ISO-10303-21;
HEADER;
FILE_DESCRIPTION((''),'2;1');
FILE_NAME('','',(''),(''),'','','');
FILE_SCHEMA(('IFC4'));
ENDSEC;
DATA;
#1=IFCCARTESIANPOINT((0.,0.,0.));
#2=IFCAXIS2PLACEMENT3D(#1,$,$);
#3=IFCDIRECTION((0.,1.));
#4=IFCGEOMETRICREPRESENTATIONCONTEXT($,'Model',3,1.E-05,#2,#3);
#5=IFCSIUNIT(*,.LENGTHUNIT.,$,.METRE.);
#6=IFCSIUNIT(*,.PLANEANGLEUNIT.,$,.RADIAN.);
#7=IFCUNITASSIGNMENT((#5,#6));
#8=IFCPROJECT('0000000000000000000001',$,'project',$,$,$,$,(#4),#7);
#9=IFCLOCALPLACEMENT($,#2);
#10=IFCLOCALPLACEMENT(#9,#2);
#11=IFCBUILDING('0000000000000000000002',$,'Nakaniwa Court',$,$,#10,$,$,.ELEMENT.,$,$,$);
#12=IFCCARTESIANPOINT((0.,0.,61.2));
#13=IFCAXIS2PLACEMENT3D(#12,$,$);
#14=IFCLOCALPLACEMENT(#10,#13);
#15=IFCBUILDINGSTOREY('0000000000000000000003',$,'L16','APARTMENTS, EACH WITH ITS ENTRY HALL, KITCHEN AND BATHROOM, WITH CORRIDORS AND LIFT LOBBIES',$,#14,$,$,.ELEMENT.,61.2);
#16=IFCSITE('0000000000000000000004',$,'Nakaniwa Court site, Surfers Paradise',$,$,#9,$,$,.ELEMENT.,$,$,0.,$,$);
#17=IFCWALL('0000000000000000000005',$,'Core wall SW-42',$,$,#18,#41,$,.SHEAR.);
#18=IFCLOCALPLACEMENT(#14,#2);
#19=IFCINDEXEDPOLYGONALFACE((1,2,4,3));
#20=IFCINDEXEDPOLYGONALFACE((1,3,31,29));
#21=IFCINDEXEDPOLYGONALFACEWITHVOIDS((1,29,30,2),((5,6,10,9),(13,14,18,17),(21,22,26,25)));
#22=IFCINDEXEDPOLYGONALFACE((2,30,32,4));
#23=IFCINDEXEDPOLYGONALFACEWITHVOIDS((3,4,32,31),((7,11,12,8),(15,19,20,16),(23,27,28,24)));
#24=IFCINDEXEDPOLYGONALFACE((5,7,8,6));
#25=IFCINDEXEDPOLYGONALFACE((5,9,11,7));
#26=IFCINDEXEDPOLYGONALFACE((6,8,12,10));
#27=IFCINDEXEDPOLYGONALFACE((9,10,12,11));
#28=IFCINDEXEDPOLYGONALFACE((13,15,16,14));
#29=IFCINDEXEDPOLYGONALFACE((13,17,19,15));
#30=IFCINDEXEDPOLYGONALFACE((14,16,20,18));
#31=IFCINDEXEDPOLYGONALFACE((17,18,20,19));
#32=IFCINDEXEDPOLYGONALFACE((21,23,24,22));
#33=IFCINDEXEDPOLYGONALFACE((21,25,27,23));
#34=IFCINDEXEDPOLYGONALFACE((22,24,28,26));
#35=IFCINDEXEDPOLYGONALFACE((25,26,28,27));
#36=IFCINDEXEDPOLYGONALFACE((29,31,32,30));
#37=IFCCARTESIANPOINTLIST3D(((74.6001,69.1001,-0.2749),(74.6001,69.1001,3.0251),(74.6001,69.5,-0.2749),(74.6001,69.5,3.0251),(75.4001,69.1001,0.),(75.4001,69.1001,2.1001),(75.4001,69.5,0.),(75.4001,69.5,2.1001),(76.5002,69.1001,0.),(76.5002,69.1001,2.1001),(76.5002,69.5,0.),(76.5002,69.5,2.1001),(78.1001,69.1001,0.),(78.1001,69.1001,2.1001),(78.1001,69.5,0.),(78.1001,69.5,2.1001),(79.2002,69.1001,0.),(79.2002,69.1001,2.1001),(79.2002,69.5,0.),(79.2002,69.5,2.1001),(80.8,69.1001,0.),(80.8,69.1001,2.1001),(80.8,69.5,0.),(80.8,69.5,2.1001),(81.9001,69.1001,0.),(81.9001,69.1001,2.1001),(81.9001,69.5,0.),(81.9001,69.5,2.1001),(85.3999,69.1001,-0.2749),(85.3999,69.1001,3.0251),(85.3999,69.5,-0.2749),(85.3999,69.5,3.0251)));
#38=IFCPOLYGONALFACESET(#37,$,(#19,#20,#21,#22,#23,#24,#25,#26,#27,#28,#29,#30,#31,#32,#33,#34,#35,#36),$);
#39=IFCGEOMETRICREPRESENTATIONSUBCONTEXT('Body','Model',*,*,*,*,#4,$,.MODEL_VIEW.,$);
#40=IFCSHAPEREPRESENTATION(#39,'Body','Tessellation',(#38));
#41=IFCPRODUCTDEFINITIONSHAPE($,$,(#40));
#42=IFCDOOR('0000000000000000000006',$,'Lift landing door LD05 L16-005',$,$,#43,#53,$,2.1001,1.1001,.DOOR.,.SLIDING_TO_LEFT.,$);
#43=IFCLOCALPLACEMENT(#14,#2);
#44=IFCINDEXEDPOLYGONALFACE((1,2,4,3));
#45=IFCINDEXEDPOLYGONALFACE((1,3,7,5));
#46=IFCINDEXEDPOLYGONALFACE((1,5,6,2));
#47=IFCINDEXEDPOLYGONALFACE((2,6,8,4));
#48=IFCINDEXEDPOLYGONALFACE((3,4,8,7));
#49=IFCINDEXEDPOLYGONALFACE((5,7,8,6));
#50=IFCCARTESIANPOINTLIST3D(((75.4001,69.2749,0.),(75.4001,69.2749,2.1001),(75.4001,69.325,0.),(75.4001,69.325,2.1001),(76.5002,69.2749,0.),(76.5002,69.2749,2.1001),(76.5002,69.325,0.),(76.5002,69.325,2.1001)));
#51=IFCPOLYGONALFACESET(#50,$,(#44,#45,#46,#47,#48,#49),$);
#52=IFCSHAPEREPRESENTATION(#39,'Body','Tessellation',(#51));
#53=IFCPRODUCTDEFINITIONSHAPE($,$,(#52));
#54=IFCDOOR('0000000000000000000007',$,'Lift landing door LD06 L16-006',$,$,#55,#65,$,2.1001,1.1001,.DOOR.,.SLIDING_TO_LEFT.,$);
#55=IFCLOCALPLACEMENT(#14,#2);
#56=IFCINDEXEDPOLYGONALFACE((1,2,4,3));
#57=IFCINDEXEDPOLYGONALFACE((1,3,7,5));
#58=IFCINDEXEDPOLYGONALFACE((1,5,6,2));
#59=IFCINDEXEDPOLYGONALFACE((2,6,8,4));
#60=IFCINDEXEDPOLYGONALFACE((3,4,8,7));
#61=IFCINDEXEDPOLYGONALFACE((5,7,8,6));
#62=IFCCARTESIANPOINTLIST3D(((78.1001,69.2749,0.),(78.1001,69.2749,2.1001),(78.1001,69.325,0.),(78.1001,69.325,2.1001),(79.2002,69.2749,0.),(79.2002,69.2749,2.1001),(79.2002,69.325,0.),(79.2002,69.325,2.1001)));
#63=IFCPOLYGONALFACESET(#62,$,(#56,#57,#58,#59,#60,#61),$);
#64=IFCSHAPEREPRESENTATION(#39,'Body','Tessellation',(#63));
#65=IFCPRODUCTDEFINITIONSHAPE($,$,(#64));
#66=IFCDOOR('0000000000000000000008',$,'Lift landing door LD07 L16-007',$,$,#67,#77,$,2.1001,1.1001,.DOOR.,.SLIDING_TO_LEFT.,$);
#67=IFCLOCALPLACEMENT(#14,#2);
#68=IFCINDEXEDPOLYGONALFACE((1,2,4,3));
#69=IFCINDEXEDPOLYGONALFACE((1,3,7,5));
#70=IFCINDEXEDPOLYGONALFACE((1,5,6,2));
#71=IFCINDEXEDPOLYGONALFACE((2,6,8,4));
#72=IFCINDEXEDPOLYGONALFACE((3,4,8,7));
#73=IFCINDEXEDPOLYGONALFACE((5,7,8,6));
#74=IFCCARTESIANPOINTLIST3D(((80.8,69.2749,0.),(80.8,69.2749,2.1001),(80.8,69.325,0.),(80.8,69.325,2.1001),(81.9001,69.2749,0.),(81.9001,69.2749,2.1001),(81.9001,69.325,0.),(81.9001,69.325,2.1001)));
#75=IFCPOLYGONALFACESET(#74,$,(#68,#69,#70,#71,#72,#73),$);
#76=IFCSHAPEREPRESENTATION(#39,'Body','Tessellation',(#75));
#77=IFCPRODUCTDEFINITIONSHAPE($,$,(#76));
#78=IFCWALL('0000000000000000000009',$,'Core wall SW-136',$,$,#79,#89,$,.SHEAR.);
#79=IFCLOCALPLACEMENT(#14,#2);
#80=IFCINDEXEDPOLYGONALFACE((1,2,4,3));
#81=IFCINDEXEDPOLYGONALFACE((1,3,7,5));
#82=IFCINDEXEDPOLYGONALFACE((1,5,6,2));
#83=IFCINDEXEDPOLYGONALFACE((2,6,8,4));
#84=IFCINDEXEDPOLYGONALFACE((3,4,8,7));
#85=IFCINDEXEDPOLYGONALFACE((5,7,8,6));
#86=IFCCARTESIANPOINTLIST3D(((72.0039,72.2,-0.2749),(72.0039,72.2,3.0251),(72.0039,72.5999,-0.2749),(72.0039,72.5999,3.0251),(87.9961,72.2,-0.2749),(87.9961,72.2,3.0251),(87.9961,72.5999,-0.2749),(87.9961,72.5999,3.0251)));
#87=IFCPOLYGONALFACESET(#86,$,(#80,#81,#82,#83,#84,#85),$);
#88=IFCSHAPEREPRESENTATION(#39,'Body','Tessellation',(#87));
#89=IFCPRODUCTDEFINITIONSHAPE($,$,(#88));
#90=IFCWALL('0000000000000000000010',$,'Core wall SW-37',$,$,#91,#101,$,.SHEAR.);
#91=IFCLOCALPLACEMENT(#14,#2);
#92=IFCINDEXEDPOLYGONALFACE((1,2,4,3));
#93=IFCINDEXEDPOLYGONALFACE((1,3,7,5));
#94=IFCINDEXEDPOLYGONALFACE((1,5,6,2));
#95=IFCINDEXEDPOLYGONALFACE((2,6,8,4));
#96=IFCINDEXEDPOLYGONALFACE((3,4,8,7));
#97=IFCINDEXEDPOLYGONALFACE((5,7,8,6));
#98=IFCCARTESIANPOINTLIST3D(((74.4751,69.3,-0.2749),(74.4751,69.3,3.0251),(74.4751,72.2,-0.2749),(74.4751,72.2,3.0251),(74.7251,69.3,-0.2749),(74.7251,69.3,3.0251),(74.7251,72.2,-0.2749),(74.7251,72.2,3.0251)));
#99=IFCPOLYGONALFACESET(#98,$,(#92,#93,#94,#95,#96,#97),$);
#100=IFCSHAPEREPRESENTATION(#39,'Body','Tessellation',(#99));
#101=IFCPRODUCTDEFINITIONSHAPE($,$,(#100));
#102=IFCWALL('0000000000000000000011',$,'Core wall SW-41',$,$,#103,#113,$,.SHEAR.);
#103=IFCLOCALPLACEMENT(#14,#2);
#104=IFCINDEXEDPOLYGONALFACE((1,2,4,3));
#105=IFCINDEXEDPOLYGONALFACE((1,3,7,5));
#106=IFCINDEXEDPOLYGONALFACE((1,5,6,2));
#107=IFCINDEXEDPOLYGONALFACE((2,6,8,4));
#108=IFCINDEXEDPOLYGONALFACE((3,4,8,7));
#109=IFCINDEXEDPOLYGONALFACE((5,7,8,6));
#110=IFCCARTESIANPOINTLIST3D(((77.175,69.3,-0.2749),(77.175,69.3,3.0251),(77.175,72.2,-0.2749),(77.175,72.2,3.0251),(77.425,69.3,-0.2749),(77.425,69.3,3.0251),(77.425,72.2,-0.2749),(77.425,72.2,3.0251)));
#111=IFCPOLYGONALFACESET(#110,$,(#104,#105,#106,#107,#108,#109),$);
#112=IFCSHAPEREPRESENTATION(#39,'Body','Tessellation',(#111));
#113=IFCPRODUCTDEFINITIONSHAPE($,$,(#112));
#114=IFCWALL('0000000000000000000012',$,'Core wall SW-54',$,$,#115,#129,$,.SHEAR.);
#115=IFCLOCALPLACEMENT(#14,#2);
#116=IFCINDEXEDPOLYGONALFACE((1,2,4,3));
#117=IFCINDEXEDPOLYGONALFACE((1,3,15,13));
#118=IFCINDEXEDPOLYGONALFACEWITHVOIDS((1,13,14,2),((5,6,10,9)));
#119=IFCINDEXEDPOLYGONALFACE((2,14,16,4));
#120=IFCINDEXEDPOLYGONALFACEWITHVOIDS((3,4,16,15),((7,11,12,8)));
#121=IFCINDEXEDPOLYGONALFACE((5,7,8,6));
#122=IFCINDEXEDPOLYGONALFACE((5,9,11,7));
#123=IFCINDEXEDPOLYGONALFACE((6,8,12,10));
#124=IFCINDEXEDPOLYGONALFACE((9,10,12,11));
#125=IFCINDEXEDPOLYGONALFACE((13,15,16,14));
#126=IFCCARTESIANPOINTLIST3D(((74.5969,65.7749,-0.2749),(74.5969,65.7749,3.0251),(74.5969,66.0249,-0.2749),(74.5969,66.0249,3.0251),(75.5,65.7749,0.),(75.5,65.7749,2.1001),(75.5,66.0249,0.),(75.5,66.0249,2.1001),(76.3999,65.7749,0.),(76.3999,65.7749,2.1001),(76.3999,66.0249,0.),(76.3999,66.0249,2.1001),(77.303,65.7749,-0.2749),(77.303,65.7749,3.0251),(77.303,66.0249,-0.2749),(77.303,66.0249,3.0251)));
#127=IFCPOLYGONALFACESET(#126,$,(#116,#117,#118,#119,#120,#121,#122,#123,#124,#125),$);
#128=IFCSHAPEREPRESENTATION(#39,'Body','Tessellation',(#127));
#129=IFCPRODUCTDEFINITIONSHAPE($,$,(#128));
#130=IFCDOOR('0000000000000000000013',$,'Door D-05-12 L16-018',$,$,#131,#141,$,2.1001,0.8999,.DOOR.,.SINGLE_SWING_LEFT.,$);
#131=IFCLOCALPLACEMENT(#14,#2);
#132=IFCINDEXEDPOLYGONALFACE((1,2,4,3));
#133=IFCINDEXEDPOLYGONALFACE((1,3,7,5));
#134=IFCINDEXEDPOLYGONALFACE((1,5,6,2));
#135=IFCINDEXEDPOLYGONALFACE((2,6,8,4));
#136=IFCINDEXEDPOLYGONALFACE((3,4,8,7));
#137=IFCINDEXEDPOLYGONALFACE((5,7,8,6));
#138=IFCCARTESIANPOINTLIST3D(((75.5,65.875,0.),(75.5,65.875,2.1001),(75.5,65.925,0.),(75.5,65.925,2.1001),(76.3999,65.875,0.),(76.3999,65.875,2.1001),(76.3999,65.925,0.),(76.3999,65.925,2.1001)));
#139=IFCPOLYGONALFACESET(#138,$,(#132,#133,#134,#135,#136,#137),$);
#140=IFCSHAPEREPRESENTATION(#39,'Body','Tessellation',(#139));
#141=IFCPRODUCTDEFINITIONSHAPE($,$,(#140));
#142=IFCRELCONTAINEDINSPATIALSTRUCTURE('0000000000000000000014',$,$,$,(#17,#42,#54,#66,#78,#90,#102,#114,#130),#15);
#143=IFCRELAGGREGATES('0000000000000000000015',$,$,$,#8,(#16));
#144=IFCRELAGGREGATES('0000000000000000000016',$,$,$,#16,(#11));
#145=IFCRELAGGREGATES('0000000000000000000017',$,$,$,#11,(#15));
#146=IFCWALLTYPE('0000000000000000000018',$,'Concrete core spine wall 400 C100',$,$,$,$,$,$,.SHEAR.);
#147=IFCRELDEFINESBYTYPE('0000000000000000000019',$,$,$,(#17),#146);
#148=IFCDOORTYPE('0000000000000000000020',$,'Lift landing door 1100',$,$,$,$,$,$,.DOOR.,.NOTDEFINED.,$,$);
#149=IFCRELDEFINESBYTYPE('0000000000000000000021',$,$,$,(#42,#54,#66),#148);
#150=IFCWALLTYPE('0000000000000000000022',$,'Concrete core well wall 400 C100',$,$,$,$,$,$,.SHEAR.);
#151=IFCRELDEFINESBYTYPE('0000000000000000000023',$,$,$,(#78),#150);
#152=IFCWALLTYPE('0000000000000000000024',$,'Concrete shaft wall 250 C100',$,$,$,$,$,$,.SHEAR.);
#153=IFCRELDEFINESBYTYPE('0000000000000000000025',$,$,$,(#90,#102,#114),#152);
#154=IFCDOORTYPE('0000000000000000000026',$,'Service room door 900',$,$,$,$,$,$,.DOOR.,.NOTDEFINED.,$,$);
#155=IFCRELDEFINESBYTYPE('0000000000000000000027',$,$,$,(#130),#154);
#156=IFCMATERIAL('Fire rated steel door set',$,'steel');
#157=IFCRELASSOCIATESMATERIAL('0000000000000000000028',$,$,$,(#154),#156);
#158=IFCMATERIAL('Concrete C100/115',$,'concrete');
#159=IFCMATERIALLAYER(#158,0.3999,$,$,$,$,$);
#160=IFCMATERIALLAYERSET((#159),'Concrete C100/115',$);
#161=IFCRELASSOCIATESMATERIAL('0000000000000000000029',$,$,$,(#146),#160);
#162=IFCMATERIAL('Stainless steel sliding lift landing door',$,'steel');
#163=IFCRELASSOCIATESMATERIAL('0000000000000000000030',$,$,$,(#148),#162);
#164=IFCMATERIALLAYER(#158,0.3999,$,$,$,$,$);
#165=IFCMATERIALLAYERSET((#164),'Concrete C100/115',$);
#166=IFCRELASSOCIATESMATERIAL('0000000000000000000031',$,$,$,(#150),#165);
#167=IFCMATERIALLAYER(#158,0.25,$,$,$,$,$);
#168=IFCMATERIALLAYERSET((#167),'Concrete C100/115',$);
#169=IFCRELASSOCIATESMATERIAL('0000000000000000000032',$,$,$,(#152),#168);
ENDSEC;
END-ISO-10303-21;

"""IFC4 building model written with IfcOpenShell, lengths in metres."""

from ifc_helpers import new_model, si_unit, direction, frame, frame_2d, origin, place, context, subcontext, project, spatial, rectangle, extrude, material, layer, layer_set, type_object, element, fill, save


model = new_model("IFC4")

# Units and contexts
model_context = context("Model", 3, precision=1e-05, world=origin(), true_north=direction((0.0, 1.0)))
body_context = subcontext(model_context, "Body", "Model", "MODEL_VIEW")
ifc_project = project(units=[si_unit("LENGTHUNIT", "METRE"), si_unit("PLANEANGLEUNIT", "RADIAN")], contexts=[model_context])

# Site, building, storey
site_placement = place(None, origin())
site = spatial("IfcSite", under=ifc_project, at=site_placement, Name="Nakaniwa Court site, Surfers Paradise", CompositionType="ELEMENT", RefElevation=0.0)
building_placement = place(site_placement, origin())
building = spatial("IfcBuilding", under=site, at=building_placement, Name="Nakaniwa Court", CompositionType="ELEMENT")
storey_placement = place(building_placement, frame((0.0, 0.0, 61.2)))
storey = spatial("IfcBuildingStorey", under=building, at=storey_placement, Name="L16", Description="APARTMENTS, EACH WITH ITS ENTRY HALL, KITCHEN AND BATHROOM, WITH CORRIDORS AND LIFT LOBBIES", CompositionType="ELEMENT", Elevation=61.2)

# Shared definitions
ifc_material_1 = material(Name="Concrete C100/115", Category="concrete")

# Shared definitions
ifc_material_2 = material(Name="Fire rated steel door set", Category="steel")
door_type_1 = type_object("IfcDoorType", Name="Service room door 900", OperationType="NOTDEFINED", PredefinedType="DOOR", material=ifc_material_2)

# Wall, openings, doors
ifc_layer_1 = layer(ifc_material_1, 0.3999)
ifc_layer_set_1 = layer_set([ifc_layer_1], Name="Concrete C100/115")
wall_type_1 = type_object("IfcWallType", Name="Concrete core spine wall 400 C100", PredefinedType="SHEAR", material=ifc_layer_set_1)
wall_1_placement = place(storey_placement, frame((74.6001, 69.3, -0.2749), z_axis=(0.0, 0.0, 1.0), x_axis=(1.0, 0.0, 0.0)))
wall_1 = element("IfcWall", 1, at=wall_1_placement, inside=storey, type_object=wall_type_1, Name="Core wall SW-42", PredefinedType="SHEAR", context=body_context, shape_type="SweptSolid", body=[
    extrude(rectangle(XDim=10.7998, YDim=0.3999, at=frame_2d((5.3999, 0.0))), origin(), (0.0, 0.0, 1.0), 3.3),
])
opening_1_placement = place(wall_1_placement, frame((0.8, 0.0, 0.2749)))
opening_1 = element("IfcOpeningElement", 2, at=opening_1_placement, cuts=wall_1, PredefinedType="OPENING", context=body_context, shape_type="SweptSolid", body=[
    extrude(rectangle(XDim=1.1001, YDim=2.1001, at=frame_2d((0.55, 1.05))), frame((0.0, 0.21, 0.0), z_axis=(0.0, -1.0, 0.0), x_axis=(1.0, 0.0, 0.0)), (0.0, 0.0, 1.0), 0.4199),
])
opening_2_placement = place(wall_1_placement, frame((3.5, 0.0, 0.2749)))
opening_2 = element("IfcOpeningElement", 3, at=opening_2_placement, cuts=wall_1, PredefinedType="OPENING", context=body_context, shape_type="SweptSolid", body=[
    extrude(rectangle(XDim=1.1001, YDim=2.1001, at=frame_2d((0.55, 1.05))), frame((0.0, 0.21, 0.0), z_axis=(0.0, -1.0, 0.0), x_axis=(1.0, 0.0, 0.0)), (0.0, 0.0, 1.0), 0.4199),
])
opening_3_placement = place(wall_1_placement, frame((6.2, 0.0, 0.2749)))
opening_3 = element("IfcOpeningElement", 4, at=opening_3_placement, cuts=wall_1, PredefinedType="OPENING", context=body_context, shape_type="SweptSolid", body=[
    extrude(rectangle(XDim=1.1001, YDim=2.1001, at=frame_2d((0.55, 1.05))), frame((0.0, 0.21, 0.0), z_axis=(0.0, -1.0, 0.0), x_axis=(1.0, 0.0, 0.0)), (0.0, 0.0, 1.0), 0.4199),
])
ifc_material_3 = material(Name="Stainless steel sliding lift landing door", Category="steel")
door_type_2 = type_object("IfcDoorType", Name="Lift landing door 1100", OperationType="NOTDEFINED", PredefinedType="DOOR", material=ifc_material_3)
door_1_placement = place(opening_1_placement, origin())
door_1 = element("IfcDoor", 5, at=door_1_placement, inside=storey, type_object=door_type_2, Name="Lift landing door LD05 L16-005", OperationType="SLIDING_TO_LEFT", OverallHeight=2.1001, OverallWidth=1.1001, PredefinedType="DOOR", context=body_context, shape_type="SweptSolid", body=[
    extrude(rectangle(XDim=1.1001, YDim=2.1001, at=frame_2d((0.55, 1.05))), frame((0.0, 0.0249, 0.0), z_axis=(0.0, -1.0, 0.0), x_axis=(1.0, 0.0, 0.0)), (0.0, 0.0, 1.0), 0.05),
])
fill(opening_1, door_1)
door_2_placement = place(opening_2_placement, origin())
door_2 = element("IfcDoor", 6, at=door_2_placement, inside=storey, type_object=door_type_2, Name="Lift landing door LD06 L16-006", OperationType="SLIDING_TO_LEFT", OverallHeight=2.1001, OverallWidth=1.1001, PredefinedType="DOOR", context=body_context, shape_type="SweptSolid", body=[
    extrude(rectangle(XDim=1.1001, YDim=2.1001, at=frame_2d((0.55, 1.05))), frame((0.0, 0.0249, 0.0), z_axis=(0.0, -1.0, 0.0), x_axis=(1.0, 0.0, 0.0)), (0.0, 0.0, 1.0), 0.05),
])
fill(opening_2, door_2)
door_3_placement = place(opening_3_placement, origin())
door_3 = element("IfcDoor", 7, at=door_3_placement, inside=storey, type_object=door_type_2, Name="Lift landing door LD07 L16-007", OperationType="SLIDING_TO_LEFT", OverallHeight=2.1001, OverallWidth=1.1001, PredefinedType="DOOR", context=body_context, shape_type="SweptSolid", body=[
    extrude(rectangle(XDim=1.1001, YDim=2.1001, at=frame_2d((0.55, 1.05))), frame((0.0, 0.0249, 0.0), z_axis=(0.0, -1.0, 0.0), x_axis=(1.0, 0.0, 0.0)), (0.0, 0.0, 1.0), 0.05),
])
fill(opening_3, door_3)

# Walls
ifc_layer_2 = layer(ifc_material_1, 0.3999)
ifc_layer_set_2 = layer_set([ifc_layer_2], Name="Concrete C100/115")
wall_type_2 = type_object("IfcWallType", Name="Concrete core well wall 400 C100", PredefinedType="SHEAR", material=ifc_layer_set_2)
wall_2_placement = place(storey_placement, frame((72.0039, 72.3999, -0.2749), z_axis=(0.0, 0.0, 1.0), x_axis=(1.0, 0.0, 0.0)))
element("IfcWall", 8, at=wall_2_placement, inside=storey, type_object=wall_type_2, Name="Core wall SW-136", PredefinedType="SHEAR", context=body_context, shape_type="SweptSolid", body=[
    extrude(rectangle(XDim=15.9922, YDim=0.3999, at=frame_2d((7.9961, 0.0))), origin(), (0.0, 0.0, 1.0), 3.3),
])
ifc_layer_3 = layer(ifc_material_1, 0.25)
ifc_layer_set_3 = layer_set([ifc_layer_3], Name="Concrete C100/115")
wall_type_3 = type_object("IfcWallType", Name="Concrete shaft wall 250 C100", PredefinedType="SHEAR", material=ifc_layer_set_3)
for number, where, z_axis, x_axis, name in (
    (9, (74.6001, 69.3, -0.2749), (0.0, 0.0, 1.0), (0.0, 1.0, 0.0), "Core wall SW-37"),
    (10, (77.3, 69.3, -0.2749), (0.0, 0.0, 1.0), (0.0, 1.0, 0.0), "Core wall SW-41"),
):
    element("IfcWall", number, at=place(storey_placement, frame(where, z_axis=z_axis, x_axis=x_axis)), inside=storey, type_object=wall_type_3, Name=name, PredefinedType="SHEAR", context=body_context, shape_type="SweptSolid", body=[
        extrude(rectangle(XDim=2.8999, YDim=0.25, at=frame_2d((1.45, 0.0))), origin(), (0.0, 0.0, 1.0), 3.3),
    ])

# Wall, opening, door
wall_3_placement = place(storey_placement, frame((77.303, 65.8999, -0.2749), z_axis=(0.0, 0.0, 1.0), x_axis=(-1.0, 0.0, 0.0)))
wall_3 = element("IfcWall", 11, at=wall_3_placement, inside=storey, type_object=wall_type_3, Name="Core wall SW-54", PredefinedType="SHEAR", context=body_context, shape_type="SweptSolid", body=[
    extrude(rectangle(XDim=2.7061, YDim=0.25, at=frame_2d((1.353, 0.0))), origin(), (0.0, 0.0, 1.0), 3.3),
])
opening_4_placement = place(wall_3_placement, frame((0.9031, 0.0, 0.2749)))
opening_4 = element("IfcOpeningElement", 12, at=opening_4_placement, cuts=wall_3, PredefinedType="OPENING", context=body_context, shape_type="SweptSolid", body=[
    extrude(rectangle(XDim=0.8999, YDim=2.1001, at=frame_2d((0.45, 1.05))), frame((0.0, 0.135, 0.0), z_axis=(0.0, -1.0, 0.0), x_axis=(1.0, 0.0, 0.0)), (0.0, 0.0, 1.0), 0.27),
])
door_4_placement = place(opening_4_placement, origin())
door_4 = element("IfcDoor", 13, at=door_4_placement, inside=storey, type_object=door_type_1, Name="Door D-05-12 L16-018", OperationType="SINGLE_SWING_LEFT", OverallHeight=2.1001, OverallWidth=0.8999, PredefinedType="DOOR", context=body_context, shape_type="SweptSolid", body=[
    extrude(rectangle(XDim=0.8999, YDim=2.1001, at=frame_2d((0.45, 1.05))), frame((0.0, 0.0249, 0.0), z_axis=(0.0, -1.0, 0.0), x_axis=(1.0, 0.0, 0.0)), (0.0, 0.0, 1.0), 0.05),
])
fill(opening_4, door_4)

save(model, "model.ifc")
